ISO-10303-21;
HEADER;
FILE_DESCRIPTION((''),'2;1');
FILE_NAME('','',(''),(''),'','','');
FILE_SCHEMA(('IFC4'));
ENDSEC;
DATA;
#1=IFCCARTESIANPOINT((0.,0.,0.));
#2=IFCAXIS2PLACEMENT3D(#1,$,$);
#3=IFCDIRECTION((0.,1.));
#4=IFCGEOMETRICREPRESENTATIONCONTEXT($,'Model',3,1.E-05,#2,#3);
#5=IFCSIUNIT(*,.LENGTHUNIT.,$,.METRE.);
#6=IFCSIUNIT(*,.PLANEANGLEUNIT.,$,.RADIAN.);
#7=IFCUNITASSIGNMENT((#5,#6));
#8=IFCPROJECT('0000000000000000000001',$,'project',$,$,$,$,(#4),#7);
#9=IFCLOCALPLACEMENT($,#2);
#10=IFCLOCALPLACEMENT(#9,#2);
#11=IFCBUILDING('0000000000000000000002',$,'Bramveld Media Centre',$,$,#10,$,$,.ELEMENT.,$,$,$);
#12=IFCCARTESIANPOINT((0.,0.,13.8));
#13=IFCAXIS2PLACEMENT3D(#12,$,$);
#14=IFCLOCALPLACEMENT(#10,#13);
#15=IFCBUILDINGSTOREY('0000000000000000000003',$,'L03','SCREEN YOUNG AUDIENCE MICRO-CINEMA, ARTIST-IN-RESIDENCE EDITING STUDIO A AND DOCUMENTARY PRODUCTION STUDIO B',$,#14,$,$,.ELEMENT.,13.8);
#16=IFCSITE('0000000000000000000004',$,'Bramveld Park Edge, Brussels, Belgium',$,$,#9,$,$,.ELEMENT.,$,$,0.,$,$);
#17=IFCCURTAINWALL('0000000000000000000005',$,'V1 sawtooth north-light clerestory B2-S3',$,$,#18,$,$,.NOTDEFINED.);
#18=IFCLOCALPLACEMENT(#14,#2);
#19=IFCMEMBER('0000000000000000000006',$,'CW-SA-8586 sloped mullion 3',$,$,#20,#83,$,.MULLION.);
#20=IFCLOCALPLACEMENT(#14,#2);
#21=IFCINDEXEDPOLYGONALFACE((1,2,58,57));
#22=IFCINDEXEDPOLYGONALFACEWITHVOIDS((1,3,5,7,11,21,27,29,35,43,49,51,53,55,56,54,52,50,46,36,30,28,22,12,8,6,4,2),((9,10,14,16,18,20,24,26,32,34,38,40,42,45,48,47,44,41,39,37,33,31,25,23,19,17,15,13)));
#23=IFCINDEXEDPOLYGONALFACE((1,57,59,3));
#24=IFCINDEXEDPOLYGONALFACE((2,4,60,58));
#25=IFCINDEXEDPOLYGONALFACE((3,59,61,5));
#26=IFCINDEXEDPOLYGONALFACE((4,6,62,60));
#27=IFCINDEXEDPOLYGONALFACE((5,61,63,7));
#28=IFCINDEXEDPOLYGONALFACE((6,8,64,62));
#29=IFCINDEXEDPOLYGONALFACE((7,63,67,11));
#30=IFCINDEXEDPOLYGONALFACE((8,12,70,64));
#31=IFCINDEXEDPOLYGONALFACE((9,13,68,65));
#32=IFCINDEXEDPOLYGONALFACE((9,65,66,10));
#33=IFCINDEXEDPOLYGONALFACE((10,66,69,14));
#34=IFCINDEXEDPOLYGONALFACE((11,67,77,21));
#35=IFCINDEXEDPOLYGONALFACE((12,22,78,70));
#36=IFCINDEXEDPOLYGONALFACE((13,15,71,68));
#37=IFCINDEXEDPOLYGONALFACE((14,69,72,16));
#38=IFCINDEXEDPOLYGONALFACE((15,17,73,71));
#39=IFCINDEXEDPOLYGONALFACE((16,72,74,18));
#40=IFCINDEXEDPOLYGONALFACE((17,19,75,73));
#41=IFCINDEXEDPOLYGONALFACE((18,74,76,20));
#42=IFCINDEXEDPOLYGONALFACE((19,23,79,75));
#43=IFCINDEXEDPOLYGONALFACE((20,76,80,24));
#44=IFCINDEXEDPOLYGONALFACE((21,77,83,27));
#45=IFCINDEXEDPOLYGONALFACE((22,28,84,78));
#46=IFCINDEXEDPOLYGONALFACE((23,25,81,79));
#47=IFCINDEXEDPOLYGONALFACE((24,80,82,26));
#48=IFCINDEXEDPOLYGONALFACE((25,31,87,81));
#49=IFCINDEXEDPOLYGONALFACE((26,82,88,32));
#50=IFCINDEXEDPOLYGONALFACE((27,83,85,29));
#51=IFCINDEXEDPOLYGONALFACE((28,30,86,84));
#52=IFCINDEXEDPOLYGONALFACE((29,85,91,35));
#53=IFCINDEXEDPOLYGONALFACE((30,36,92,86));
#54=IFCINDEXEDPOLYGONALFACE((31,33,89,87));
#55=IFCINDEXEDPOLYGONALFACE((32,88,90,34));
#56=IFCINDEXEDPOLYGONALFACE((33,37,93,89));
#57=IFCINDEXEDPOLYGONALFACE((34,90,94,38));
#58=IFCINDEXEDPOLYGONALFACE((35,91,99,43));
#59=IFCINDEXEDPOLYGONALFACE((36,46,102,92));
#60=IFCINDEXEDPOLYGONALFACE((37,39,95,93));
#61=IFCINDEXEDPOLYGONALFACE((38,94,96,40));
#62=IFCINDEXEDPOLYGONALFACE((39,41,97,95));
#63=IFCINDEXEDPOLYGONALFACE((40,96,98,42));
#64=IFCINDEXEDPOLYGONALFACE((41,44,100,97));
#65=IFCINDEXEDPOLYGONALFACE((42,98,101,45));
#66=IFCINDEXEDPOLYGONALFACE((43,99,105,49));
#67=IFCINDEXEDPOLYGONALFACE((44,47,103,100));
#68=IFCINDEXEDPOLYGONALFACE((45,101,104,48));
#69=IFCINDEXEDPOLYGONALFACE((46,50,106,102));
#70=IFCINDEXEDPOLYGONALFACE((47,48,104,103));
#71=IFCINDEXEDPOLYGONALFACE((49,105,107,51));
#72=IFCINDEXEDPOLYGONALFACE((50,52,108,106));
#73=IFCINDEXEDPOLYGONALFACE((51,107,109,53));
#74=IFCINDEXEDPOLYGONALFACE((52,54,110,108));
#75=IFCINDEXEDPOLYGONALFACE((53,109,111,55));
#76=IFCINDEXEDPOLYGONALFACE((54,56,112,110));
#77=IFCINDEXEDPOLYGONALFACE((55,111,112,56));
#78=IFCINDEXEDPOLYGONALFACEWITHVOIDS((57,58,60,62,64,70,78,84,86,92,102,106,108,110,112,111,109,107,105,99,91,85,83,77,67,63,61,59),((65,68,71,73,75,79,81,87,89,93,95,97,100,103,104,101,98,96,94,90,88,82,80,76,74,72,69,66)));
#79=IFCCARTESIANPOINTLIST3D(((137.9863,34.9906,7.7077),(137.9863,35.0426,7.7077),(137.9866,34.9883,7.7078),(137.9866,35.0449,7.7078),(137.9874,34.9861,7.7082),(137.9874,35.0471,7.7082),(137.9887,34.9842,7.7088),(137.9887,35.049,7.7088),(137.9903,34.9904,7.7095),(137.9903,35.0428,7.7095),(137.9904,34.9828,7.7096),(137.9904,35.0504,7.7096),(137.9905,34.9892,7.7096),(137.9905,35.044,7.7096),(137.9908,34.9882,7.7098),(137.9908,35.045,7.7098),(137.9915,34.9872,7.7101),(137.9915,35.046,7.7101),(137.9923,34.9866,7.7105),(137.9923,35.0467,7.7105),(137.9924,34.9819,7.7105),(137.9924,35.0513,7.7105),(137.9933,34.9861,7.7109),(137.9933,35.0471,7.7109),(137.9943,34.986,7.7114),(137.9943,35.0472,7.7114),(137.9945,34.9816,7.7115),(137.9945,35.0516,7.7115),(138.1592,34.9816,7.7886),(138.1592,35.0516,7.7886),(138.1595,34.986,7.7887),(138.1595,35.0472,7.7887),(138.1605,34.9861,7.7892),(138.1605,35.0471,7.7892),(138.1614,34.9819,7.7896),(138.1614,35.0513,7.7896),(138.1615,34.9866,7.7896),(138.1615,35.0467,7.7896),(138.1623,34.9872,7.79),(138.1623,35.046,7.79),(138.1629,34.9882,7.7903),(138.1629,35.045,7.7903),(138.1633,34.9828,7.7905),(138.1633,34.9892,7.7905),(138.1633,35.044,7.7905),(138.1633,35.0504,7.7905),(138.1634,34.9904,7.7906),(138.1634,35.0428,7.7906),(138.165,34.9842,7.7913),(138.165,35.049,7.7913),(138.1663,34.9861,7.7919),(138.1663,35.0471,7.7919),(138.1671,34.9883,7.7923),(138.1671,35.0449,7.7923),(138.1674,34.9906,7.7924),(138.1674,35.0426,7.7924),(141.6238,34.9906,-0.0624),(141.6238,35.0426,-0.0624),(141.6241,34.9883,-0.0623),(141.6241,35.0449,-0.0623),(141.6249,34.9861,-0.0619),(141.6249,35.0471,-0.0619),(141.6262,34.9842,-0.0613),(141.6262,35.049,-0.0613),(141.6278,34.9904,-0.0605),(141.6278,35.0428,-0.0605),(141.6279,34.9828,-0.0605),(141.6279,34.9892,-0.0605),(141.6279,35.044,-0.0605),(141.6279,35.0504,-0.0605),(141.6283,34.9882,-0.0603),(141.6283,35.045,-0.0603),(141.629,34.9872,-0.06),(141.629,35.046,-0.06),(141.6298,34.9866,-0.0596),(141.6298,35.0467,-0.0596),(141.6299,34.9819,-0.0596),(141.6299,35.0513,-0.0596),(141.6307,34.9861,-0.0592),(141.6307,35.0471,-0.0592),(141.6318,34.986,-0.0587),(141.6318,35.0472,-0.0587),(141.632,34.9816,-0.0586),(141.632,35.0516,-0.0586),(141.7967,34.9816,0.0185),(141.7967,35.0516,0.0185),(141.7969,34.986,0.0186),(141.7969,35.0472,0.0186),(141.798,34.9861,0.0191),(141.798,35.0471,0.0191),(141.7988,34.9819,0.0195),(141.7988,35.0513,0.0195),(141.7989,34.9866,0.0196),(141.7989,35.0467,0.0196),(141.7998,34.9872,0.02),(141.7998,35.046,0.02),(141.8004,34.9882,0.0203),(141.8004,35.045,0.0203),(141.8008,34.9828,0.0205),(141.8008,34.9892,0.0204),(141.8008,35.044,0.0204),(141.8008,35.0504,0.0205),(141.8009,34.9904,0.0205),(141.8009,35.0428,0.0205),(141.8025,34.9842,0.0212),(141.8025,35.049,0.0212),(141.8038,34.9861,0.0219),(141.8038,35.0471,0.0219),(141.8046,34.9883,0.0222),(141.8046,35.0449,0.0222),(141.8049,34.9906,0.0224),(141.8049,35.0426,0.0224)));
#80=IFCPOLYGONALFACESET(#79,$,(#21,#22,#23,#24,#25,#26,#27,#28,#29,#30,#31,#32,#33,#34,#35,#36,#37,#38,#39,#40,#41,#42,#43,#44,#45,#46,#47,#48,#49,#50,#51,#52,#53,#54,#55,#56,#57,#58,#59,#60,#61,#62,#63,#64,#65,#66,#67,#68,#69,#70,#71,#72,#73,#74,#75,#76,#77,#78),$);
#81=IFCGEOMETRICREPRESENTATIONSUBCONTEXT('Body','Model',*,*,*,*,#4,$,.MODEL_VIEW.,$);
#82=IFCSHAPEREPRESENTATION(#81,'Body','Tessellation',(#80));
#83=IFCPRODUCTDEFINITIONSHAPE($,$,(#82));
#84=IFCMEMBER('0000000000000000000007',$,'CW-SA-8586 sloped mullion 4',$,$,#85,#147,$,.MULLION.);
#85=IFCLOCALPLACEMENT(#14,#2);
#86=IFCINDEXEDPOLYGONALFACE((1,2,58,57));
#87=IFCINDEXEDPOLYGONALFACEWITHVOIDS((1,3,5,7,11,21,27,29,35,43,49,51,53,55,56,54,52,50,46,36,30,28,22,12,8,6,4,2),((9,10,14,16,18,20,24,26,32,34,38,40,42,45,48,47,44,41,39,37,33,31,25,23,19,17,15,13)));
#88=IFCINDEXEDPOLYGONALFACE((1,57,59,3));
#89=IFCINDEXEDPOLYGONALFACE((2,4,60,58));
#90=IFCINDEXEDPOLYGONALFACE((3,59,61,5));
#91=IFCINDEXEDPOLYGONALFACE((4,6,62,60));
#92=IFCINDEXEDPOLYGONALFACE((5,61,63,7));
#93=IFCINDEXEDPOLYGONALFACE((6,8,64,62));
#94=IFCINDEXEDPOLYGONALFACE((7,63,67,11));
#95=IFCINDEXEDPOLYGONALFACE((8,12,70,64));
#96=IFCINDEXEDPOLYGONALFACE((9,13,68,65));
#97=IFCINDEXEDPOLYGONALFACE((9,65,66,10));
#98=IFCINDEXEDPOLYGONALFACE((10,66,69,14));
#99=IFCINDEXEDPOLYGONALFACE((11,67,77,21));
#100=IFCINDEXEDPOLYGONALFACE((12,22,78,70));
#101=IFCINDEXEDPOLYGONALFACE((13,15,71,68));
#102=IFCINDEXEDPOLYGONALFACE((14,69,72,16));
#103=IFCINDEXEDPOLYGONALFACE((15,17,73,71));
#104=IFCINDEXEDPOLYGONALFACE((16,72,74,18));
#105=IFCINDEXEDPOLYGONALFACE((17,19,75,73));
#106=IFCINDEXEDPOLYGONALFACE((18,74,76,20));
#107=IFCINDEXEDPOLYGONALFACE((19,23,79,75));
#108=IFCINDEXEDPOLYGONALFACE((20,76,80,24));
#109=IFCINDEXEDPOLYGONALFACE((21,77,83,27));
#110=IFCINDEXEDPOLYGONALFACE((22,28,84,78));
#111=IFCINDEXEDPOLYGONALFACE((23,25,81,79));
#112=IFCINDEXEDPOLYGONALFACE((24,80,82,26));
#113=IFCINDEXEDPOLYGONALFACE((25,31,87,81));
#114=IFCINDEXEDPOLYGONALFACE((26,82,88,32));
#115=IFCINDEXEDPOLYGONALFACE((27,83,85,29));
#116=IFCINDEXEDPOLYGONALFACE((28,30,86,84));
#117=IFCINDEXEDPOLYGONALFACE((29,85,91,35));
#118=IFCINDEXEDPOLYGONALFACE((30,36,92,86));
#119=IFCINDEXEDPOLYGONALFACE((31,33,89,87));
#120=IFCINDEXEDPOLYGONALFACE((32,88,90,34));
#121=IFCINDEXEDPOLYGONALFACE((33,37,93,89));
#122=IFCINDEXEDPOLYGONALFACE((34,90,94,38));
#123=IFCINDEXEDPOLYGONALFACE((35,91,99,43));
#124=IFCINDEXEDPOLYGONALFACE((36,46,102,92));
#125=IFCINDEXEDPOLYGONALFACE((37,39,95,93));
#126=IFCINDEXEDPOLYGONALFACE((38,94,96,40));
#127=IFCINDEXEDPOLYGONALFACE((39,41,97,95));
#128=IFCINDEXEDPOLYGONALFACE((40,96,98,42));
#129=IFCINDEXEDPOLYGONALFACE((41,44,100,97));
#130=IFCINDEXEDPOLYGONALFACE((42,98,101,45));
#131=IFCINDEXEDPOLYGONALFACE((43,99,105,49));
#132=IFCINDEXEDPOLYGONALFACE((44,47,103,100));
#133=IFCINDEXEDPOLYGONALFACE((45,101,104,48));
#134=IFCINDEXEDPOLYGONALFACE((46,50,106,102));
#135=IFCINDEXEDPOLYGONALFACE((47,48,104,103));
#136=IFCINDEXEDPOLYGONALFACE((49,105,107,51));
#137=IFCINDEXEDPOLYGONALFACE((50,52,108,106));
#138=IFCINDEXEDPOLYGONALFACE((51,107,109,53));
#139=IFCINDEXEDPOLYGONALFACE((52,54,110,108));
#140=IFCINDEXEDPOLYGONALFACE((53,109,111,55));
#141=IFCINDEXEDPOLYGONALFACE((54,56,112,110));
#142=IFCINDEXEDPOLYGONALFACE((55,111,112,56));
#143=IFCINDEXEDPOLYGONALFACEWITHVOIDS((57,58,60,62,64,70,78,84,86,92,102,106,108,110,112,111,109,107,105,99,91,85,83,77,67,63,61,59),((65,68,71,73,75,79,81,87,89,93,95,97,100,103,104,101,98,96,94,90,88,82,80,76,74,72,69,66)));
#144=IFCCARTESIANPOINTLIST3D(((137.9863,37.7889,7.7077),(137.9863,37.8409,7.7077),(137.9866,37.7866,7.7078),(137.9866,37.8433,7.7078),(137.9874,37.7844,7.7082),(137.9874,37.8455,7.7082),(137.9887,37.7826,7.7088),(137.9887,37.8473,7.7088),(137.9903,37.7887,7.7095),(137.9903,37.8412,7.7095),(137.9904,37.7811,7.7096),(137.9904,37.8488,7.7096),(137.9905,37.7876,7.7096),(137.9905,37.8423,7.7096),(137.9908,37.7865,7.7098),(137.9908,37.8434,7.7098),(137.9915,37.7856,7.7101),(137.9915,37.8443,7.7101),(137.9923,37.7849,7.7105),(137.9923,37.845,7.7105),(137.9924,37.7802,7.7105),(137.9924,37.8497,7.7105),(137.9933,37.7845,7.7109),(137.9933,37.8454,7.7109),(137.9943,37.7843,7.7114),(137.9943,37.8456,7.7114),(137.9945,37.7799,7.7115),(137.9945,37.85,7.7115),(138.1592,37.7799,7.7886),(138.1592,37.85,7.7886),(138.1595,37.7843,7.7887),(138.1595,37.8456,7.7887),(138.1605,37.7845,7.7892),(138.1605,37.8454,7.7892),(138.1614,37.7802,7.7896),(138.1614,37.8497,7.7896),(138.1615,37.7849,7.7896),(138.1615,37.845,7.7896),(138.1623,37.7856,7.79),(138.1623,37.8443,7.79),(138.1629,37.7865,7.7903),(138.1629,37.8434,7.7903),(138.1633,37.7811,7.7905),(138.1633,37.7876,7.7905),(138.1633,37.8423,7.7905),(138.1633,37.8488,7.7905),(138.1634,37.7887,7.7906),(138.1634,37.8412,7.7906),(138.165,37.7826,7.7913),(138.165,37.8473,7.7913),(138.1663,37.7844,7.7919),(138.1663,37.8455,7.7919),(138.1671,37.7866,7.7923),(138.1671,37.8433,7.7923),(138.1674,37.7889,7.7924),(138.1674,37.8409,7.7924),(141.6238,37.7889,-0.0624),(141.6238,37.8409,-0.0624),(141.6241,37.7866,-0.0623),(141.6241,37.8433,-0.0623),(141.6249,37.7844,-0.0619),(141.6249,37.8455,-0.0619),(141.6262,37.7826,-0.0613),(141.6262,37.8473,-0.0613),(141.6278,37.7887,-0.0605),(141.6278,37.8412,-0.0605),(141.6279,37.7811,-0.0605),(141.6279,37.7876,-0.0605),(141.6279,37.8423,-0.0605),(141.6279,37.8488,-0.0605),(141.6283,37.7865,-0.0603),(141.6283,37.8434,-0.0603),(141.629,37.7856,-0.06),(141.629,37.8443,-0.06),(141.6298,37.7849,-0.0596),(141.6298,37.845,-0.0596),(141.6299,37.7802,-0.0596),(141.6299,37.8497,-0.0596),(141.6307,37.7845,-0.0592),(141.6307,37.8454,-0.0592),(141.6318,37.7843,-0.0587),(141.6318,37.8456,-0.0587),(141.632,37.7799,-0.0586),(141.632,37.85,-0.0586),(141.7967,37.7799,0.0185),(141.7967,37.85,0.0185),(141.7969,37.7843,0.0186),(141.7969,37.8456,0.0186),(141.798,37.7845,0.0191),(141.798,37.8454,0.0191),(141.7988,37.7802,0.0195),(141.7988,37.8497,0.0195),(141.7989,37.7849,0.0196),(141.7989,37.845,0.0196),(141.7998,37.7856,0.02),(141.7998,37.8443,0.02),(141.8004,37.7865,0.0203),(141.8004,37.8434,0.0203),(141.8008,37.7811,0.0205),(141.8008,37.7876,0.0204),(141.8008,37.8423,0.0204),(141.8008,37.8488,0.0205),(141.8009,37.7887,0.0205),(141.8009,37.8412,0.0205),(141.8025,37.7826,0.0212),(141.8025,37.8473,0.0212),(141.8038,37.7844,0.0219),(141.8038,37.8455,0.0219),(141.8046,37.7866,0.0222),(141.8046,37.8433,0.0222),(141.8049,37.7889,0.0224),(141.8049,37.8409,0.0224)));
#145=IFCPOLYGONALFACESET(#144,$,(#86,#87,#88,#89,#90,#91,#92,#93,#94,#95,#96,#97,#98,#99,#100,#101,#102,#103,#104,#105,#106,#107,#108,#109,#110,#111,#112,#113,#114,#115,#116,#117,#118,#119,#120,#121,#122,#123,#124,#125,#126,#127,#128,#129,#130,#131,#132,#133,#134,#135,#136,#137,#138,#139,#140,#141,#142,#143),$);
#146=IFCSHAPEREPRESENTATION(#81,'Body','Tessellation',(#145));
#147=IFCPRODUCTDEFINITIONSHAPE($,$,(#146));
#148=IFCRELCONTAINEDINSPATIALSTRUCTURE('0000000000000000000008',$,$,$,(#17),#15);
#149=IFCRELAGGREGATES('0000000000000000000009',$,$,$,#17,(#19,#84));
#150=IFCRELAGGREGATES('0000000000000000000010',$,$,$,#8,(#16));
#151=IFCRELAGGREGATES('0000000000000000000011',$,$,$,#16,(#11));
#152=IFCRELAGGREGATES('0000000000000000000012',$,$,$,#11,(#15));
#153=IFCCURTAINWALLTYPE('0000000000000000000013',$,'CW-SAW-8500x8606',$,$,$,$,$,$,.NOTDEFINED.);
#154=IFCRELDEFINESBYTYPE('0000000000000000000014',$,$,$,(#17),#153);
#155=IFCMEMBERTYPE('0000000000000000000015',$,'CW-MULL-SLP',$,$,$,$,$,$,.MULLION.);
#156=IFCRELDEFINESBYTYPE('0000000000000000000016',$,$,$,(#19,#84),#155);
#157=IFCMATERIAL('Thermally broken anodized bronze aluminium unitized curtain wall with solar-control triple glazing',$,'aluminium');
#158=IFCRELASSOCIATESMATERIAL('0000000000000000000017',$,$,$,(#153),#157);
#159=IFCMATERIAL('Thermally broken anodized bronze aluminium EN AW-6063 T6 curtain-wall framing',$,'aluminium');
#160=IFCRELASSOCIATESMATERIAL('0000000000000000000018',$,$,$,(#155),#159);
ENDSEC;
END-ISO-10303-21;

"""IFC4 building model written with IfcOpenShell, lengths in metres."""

from ifc_helpers import new_model, si_unit, direction, frame, origin, origin_2d, place, context, subcontext, project, spatial, hollow_rectangle, extrude, material, material_profile, profile_set, type_object, element, aggregate, save


model = new_model("IFC4")

# Units and contexts
model_context = context("Model", 3, precision=1e-05, world=origin(), true_north=direction((0.0, 1.0)))
body_context = subcontext(model_context, "Body", "Model", "MODEL_VIEW")
ifc_project = project(units=[si_unit("LENGTHUNIT", "METRE"), si_unit("PLANEANGLEUNIT", "RADIAN")], contexts=[model_context])

# Site, building, storey
site_placement = place(None, origin())
site = spatial("IfcSite", under=ifc_project, at=site_placement, Name="Bramveld Park Edge, Brussels, Belgium", CompositionType="ELEMENT", RefElevation=0.0)
building_placement = place(site_placement, origin())
building = spatial("IfcBuilding", under=site, at=building_placement, Name="Bramveld Media Centre", CompositionType="ELEMENT")
storey_placement = place(building_placement, frame((0.0, 0.0, 13.8)))
storey = spatial("IfcBuildingStorey", under=building, at=storey_placement, Name="L03", Description="SCREEN YOUNG AUDIENCE MICRO-CINEMA, ARTIST-IN-RESIDENCE EDITING STUDIO A AND DOCUMENTARY PRODUCTION STUDIO B", CompositionType="ELEMENT", Elevation=13.8)

# Curtain wall, members
ifc_material_1 = material(Name="Thermally broken anodized bronze aluminium unitized curtain wall with solar-control triple glazing", Category="aluminium")
curtain_wall_type = type_object("IfcCurtainWallType", Name="CW-SAW-8500x8606", PredefinedType="NOTDEFINED", material=ifc_material_1)
curtain_wall_1_placement = place(storey_placement, origin())
curtain_wall_1 = element("IfcCurtainWall", 1, at=curtain_wall_1_placement, inside=storey, type_object=curtain_wall_type, Name="V1 sawtooth north-light clerestory B2-S3", PredefinedType="NOTDEFINED")
ifc_material_2 = material(Name="Thermally broken anodized bronze aluminium EN AW-6063 T6 curtain-wall framing", Category="aluminium")
ifc_material_profile_1 = material_profile(ifc_material_2, hollow_rectangle(XDim=0.0701, YDim=0.2, WallThickness=0.0044, InnerFilletRadius=0.0044, OuterFilletRadius=0.009, at=origin_2d()), Name="AL-MULL 70x200")
ifc_profile_set_1 = profile_set([ifc_material_profile_1], Name="Thermally broken anodized bronze aluminium EN AW-6063 T6 curtain-wall framing")
member_type_1 = type_object("IfcMemberType", Name="CW-MULL-SLP", PredefinedType="MULLION", material=ifc_profile_set_1)
member_1_placement = place(storey_placement, frame((141.7144, 35.0166, -0.02), z_axis=(-0.42398, 0.0, 0.905671), x_axis=(0.0, -1.0, 0.0)))
member_1 = element("IfcMember", 2, at=member_1_placement, type_object=member_type_1, Name="CW-SA-8586 sloped mullion 3", PredefinedType="MULLION", context=body_context, shape_type="SweptSolid", body=[
    extrude(hollow_rectangle(XDim=0.0701, YDim=0.2, WallThickness=0.0044, InnerFilletRadius=0.0044, OuterFilletRadius=0.009, at=origin_2d()), origin(), (0.0, 0.0, 1.0), 8.5793),
])
member_2_placement = place(storey_placement, frame((141.7144, 37.8149, -0.02), z_axis=(-0.42398, 0.0, 0.905671), x_axis=(0.0, -1.0, 0.0)))
member_2 = element("IfcMember", 3, at=member_2_placement, type_object=member_type_1, Name="CW-SA-8586 sloped mullion 4", PredefinedType="MULLION", context=body_context, shape_type="SweptSolid", body=[
    extrude(hollow_rectangle(XDim=0.0701, YDim=0.2, WallThickness=0.0044, InnerFilletRadius=0.0044, OuterFilletRadius=0.009, at=origin_2d()), origin(), (0.0, 0.0, 1.0), 8.5793),
])

aggregate(curtain_wall_1, [member_1, member_2])

save(model, "model.ifc")
